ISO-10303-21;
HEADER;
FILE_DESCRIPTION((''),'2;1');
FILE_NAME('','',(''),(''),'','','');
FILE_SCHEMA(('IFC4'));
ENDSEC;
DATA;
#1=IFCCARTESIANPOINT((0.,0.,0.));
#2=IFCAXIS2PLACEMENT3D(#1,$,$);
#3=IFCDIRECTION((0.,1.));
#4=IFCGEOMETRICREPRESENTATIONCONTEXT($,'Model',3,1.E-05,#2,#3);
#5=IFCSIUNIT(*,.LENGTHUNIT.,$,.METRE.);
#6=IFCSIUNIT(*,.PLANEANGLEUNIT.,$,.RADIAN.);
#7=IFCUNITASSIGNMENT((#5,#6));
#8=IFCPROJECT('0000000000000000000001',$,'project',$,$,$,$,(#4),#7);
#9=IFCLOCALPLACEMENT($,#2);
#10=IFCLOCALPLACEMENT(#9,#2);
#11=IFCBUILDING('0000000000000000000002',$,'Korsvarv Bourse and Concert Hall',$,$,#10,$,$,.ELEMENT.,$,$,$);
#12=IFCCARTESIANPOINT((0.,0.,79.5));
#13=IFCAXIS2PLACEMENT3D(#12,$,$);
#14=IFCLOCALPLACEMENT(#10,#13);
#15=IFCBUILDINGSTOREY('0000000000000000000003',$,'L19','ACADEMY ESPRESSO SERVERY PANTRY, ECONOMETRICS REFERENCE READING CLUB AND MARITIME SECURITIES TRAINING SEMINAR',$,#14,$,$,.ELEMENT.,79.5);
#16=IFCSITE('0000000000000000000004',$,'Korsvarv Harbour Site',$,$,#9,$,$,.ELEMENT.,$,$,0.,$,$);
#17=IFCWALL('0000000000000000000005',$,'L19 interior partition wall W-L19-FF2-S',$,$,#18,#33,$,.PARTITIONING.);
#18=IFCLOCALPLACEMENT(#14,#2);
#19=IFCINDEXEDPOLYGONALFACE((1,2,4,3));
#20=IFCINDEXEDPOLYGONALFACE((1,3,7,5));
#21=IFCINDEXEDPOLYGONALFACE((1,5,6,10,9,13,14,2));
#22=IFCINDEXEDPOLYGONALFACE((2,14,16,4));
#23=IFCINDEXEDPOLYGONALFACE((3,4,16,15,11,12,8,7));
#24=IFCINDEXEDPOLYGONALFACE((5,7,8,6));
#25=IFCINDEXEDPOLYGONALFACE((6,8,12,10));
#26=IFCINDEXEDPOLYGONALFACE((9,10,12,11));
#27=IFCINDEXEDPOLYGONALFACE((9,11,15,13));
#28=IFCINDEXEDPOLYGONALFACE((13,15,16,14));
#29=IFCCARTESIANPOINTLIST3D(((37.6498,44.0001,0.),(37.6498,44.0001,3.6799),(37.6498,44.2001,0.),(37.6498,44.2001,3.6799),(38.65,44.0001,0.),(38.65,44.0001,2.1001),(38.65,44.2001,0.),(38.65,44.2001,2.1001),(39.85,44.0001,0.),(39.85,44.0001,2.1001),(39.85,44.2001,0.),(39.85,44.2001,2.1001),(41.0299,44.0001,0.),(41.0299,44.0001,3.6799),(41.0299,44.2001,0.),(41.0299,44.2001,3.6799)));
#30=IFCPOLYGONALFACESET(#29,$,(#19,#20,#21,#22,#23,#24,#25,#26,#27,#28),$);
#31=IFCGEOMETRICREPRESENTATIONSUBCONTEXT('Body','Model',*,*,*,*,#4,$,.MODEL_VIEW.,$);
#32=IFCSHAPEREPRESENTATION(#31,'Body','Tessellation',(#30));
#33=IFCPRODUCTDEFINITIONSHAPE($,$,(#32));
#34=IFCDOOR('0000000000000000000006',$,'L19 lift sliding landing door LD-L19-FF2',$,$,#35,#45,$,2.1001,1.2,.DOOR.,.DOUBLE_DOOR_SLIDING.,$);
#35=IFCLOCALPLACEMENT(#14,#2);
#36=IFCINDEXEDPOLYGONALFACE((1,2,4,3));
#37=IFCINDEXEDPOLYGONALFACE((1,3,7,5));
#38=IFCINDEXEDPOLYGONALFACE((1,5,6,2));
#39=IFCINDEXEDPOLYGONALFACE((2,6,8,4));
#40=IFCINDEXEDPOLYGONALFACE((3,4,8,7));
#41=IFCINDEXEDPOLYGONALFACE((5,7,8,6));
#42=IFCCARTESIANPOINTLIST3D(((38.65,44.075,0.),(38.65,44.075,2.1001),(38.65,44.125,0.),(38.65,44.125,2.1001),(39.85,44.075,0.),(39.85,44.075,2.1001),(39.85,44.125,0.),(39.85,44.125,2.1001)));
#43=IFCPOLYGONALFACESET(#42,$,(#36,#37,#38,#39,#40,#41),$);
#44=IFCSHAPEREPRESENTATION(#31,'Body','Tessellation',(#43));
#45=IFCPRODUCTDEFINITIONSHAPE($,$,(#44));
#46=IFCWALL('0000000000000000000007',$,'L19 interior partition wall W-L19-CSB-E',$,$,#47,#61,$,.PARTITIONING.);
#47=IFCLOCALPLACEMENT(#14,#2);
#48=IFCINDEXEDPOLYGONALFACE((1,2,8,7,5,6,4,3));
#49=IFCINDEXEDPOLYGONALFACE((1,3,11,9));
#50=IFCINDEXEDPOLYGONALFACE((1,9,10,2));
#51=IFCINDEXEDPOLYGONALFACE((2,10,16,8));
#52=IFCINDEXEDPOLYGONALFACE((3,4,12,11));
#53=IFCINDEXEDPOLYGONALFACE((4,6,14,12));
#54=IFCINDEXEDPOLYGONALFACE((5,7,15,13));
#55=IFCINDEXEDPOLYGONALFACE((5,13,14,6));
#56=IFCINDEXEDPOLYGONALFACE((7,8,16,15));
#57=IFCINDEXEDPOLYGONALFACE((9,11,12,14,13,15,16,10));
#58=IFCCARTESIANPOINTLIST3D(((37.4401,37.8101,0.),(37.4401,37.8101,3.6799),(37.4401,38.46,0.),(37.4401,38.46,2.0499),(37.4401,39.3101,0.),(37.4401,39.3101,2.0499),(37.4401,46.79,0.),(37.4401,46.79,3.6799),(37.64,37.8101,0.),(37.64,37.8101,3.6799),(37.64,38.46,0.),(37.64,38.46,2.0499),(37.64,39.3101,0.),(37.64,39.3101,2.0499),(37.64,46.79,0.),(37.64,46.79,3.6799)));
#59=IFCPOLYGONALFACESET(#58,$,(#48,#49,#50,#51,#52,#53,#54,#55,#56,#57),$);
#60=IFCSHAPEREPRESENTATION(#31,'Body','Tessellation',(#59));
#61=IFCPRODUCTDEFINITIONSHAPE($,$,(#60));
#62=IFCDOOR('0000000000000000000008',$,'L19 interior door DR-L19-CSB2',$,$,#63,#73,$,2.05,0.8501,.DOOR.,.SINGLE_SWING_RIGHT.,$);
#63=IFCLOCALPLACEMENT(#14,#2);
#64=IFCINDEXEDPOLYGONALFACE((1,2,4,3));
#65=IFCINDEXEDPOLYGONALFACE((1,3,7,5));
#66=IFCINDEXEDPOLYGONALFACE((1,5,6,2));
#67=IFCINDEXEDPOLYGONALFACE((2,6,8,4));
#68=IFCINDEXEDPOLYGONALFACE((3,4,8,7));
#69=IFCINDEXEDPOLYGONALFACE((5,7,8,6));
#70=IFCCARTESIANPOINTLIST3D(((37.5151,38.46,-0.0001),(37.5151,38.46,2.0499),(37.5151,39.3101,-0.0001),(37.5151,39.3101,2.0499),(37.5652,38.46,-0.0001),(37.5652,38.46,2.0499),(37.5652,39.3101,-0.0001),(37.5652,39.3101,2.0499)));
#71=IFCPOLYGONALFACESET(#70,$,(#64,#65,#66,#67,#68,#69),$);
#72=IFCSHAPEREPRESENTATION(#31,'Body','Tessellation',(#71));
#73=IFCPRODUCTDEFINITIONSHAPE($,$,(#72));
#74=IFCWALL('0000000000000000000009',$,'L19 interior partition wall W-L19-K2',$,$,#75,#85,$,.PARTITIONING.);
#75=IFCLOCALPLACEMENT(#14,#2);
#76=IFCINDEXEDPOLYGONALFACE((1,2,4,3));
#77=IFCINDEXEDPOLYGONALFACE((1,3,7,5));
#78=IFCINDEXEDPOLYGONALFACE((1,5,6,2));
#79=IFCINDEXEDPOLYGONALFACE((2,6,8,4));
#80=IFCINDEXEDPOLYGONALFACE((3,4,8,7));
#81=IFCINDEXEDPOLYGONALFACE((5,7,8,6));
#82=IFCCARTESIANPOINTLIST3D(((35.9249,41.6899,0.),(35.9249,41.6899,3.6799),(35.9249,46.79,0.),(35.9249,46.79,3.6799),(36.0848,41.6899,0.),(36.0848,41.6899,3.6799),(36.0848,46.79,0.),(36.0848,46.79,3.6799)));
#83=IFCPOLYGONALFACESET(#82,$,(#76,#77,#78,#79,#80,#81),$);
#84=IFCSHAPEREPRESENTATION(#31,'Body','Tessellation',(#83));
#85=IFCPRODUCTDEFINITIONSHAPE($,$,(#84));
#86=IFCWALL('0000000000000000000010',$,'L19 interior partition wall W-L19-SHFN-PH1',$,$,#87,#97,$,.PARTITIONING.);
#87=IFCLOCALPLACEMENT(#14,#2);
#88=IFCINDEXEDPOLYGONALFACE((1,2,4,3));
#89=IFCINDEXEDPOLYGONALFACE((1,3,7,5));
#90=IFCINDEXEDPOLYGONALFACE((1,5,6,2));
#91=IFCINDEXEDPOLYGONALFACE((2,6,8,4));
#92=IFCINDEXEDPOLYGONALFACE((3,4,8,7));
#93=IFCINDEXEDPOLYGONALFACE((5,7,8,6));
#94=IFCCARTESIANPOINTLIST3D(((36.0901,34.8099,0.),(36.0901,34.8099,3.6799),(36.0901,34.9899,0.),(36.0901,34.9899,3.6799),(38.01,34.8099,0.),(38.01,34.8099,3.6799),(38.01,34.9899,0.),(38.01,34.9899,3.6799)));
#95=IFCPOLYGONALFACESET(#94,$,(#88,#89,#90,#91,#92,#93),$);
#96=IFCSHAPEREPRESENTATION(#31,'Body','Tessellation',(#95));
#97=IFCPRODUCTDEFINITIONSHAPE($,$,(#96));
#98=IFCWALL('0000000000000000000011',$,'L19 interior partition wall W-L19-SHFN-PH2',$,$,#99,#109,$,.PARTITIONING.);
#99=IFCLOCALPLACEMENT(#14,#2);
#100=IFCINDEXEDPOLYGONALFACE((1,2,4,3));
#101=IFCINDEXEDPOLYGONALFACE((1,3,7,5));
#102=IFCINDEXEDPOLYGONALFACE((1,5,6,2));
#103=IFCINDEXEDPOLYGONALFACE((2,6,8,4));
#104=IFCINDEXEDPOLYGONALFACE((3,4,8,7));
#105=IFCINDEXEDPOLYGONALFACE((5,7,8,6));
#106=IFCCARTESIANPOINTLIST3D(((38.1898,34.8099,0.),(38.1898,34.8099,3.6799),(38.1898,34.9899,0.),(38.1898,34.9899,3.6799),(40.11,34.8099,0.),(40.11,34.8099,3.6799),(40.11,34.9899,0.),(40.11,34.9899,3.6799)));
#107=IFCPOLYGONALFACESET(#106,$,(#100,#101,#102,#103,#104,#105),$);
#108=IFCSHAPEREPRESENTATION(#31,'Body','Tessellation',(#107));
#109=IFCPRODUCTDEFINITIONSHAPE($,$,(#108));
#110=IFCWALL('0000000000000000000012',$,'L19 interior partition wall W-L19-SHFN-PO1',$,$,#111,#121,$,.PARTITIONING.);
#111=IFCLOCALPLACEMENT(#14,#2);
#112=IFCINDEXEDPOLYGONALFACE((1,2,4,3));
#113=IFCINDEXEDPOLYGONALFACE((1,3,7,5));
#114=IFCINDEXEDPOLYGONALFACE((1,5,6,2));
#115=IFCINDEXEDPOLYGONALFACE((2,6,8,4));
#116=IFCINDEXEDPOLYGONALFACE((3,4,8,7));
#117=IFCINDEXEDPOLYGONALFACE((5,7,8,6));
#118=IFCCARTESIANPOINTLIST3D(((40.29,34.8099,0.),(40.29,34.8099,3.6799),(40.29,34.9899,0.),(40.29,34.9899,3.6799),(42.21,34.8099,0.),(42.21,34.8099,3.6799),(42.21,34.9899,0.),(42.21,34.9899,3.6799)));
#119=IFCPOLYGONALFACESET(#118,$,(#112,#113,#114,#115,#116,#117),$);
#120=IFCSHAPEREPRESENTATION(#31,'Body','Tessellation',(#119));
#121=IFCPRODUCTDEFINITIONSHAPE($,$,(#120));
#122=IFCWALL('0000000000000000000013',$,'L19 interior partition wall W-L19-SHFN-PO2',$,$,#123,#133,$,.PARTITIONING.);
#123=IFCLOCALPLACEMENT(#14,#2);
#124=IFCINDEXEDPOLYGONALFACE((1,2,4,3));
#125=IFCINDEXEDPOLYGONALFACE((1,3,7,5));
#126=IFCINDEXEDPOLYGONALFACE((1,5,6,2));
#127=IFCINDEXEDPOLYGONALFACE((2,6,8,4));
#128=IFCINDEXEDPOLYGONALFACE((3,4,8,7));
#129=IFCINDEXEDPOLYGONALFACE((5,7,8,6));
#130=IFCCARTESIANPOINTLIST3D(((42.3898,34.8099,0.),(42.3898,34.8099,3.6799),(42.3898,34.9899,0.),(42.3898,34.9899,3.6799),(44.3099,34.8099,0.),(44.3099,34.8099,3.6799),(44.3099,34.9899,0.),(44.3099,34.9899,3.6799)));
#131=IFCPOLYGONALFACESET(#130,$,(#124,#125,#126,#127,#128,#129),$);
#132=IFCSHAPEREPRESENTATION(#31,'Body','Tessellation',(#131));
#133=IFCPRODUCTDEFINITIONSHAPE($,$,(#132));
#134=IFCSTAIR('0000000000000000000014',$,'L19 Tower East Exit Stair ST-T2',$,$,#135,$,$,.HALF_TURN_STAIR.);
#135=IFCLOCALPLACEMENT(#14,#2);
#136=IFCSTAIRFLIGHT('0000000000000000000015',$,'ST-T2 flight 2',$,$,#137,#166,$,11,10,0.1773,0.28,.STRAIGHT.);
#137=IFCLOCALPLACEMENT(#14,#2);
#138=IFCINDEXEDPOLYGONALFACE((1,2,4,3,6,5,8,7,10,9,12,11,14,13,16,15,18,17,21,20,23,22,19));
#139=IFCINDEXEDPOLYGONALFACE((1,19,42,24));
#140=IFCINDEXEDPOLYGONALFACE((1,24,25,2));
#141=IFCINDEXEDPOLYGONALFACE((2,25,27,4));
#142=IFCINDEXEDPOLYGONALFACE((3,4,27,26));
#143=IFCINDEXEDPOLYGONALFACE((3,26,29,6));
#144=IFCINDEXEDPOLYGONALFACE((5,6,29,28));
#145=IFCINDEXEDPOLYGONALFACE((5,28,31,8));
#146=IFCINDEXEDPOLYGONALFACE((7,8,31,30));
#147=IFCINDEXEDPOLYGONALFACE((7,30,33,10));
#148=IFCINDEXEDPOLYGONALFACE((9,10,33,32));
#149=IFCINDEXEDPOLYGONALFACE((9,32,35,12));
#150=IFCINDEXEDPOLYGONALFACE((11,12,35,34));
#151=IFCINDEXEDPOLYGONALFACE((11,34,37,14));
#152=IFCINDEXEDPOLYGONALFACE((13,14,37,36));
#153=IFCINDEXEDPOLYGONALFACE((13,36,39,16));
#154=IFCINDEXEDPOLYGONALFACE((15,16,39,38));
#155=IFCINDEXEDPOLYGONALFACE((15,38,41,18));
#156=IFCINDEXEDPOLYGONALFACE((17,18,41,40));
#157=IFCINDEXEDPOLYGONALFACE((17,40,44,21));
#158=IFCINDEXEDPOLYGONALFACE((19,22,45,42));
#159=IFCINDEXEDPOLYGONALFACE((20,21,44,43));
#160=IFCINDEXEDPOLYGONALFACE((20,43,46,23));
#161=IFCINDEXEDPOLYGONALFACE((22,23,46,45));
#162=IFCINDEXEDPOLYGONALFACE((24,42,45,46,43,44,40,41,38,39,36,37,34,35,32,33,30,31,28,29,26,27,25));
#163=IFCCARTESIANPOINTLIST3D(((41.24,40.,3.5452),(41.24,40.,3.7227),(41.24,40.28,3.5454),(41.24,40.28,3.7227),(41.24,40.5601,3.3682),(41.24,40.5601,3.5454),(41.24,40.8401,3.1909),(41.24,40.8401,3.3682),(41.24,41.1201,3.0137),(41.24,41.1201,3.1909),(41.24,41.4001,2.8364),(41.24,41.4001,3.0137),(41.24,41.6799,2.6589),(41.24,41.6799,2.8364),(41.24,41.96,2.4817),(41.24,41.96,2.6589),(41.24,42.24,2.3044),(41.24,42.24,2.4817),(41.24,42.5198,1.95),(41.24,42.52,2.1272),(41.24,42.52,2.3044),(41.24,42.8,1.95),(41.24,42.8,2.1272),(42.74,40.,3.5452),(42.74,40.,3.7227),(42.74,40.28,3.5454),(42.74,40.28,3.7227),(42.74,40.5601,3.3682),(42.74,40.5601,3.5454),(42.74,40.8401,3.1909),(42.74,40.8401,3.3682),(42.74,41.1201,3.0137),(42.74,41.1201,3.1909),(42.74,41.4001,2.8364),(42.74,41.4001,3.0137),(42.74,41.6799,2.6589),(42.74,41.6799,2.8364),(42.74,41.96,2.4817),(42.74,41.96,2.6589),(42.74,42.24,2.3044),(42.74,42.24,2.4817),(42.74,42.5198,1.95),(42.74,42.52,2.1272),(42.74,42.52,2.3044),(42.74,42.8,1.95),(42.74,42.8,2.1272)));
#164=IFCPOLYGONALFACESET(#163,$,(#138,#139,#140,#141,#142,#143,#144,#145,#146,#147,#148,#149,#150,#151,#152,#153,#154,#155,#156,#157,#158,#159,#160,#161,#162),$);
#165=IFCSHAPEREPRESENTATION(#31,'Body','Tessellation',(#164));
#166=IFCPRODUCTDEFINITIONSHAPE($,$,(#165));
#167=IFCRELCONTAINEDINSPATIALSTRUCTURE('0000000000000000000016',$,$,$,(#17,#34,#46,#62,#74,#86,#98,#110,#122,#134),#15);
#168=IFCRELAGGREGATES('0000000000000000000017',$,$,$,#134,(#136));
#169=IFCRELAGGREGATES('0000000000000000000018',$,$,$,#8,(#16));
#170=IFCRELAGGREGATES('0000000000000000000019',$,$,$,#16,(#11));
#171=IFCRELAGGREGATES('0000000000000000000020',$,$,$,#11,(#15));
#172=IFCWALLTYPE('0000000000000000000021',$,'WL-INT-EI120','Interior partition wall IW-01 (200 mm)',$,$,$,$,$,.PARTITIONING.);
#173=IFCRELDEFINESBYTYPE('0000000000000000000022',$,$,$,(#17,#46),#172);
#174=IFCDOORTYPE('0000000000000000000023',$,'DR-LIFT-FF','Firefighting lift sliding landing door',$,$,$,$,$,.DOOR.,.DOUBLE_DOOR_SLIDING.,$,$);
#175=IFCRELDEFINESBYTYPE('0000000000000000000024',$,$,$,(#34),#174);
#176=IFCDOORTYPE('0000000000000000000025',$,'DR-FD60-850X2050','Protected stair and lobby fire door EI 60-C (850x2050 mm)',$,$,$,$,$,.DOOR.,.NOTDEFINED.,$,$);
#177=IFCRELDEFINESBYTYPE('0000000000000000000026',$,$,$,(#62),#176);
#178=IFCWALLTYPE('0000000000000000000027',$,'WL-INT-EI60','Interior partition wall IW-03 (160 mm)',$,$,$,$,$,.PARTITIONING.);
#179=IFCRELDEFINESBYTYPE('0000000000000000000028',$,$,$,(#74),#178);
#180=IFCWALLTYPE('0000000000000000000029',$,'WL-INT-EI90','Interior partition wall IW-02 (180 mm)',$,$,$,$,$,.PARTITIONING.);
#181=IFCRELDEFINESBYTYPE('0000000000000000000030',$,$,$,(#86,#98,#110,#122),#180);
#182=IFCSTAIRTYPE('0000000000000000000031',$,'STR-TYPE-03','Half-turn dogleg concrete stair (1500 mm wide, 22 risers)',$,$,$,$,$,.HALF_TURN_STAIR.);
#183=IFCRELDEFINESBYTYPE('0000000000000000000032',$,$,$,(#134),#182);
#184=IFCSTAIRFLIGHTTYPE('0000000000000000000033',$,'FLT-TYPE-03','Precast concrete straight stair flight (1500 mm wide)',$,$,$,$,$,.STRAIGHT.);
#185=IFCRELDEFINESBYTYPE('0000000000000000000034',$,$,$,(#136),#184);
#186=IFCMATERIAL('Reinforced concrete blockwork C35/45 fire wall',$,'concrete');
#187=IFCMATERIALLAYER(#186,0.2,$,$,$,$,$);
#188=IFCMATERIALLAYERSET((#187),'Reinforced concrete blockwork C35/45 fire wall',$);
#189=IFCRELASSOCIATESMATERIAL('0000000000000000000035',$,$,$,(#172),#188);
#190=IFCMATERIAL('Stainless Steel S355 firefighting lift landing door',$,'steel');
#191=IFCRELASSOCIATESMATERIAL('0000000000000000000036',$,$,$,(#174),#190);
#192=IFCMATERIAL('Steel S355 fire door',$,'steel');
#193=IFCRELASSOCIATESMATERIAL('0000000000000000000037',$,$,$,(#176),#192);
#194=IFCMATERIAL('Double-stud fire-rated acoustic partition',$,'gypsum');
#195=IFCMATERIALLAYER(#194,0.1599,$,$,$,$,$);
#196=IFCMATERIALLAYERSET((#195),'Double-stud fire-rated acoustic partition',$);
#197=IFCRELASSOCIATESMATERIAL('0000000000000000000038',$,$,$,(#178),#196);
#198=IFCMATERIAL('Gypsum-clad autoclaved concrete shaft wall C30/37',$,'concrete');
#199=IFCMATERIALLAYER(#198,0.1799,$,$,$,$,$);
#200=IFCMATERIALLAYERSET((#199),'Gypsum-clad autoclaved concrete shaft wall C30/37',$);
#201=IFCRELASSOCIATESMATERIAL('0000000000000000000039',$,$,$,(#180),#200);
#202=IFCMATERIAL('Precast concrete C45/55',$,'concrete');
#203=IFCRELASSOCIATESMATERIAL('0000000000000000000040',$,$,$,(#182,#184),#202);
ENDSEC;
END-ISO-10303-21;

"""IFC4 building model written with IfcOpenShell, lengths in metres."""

from ifc_helpers import new_model, si_unit, direction, frame, frame_2d, origin, place, context, subcontext, project, spatial, polyline, rectangle, outline, extrude, material, layer, layer_set, type_object, element, fill, aggregate, save


model = new_model("IFC4")

# Units and contexts
model_context = context("Model", 3, precision=1e-05, world=origin(), true_north=direction((0.0, 1.0)))
body_context = subcontext(model_context, "Body", "Model", "MODEL_VIEW")
ifc_project = project(units=[si_unit("LENGTHUNIT", "METRE"), si_unit("PLANEANGLEUNIT", "RADIAN")], contexts=[model_context])

# Site, building, storey
site_placement = place(None, origin())
site = spatial("IfcSite", under=ifc_project, at=site_placement, Name="Korsvarv Harbour Site", CompositionType="ELEMENT", RefElevation=0.0)
building_placement = place(site_placement, origin())
building = spatial("IfcBuilding", under=site, at=building_placement, Name="Korsvarv Bourse and Concert Hall", CompositionType="ELEMENT")
storey_placement = place(building_placement, frame((0.0, 0.0, 79.5)))
storey = spatial("IfcBuildingStorey", under=building, at=storey_placement, Name="L19", Description="ACADEMY ESPRESSO SERVERY PANTRY, ECONOMETRICS REFERENCE READING CLUB AND MARITIME SECURITIES TRAINING SEMINAR", CompositionType="ELEMENT", Elevation=79.5)

# Shared definitions
ifc_material_1 = material(Name="Steel S355 fire door", Category="steel")

# Walls, openings, doors
ifc_material_2 = material(Name="Reinforced concrete blockwork C35/45 fire wall", Category="concrete")
ifc_layer_1 = layer(ifc_material_2, 0.2)
ifc_layer_set_1 = layer_set([ifc_layer_1], Name="Reinforced concrete blockwork C35/45 fire wall")
wall_type_1 = type_object("IfcWallType", Name="WL-INT-EI120", Description="Interior partition wall IW-01 (200 mm)", PredefinedType="PARTITIONING", material=ifc_layer_set_1)
wall_1_placement = place(storey_placement, frame((37.6499, 44.1001, 0.0), z_axis=(0.0, 0.0, 1.0), x_axis=(1.0, 0.0, 0.0)))
wall_1 = element("IfcWall", 1, at=wall_1_placement, inside=storey, type_object=wall_type_1, Name="L19 interior partition wall W-L19-FF2-S", PredefinedType="PARTITIONING", context=body_context, shape_type="SweptSolid", body=[
    extrude(rectangle(XDim=3.3801, YDim=0.2, at=frame_2d((1.6899, 0.0))), origin(), (0.0, 0.0, 1.0), 3.6799),
])
opening_1_placement = place(wall_1_placement, frame((1.0, 0.0, 0.0)))
opening_1 = element("IfcOpeningElement", 2, at=opening_1_placement, cuts=wall_1, PredefinedType="OPENING", context=body_context, shape_type="SweptSolid", body=[
    extrude(rectangle(XDim=1.2, YDim=2.1001, at=frame_2d((0.6001, 1.05))), frame((0.0, 0.1099, 0.0), z_axis=(0.0, -1.0, 0.0), x_axis=(1.0, 0.0, 0.0)), (0.0, 0.0, 1.0), 0.22),
])
ifc_material_3 = material(Name="Stainless Steel S355 firefighting lift landing door", Category="steel")
door_type_1 = type_object("IfcDoorType", Name="DR-LIFT-FF", Description="Firefighting lift sliding landing door", OperationType="DOUBLE_DOOR_SLIDING", PredefinedType="DOOR", material=ifc_material_3)
door_1_placement = place(opening_1_placement, origin())
door_1 = element("IfcDoor", 3, at=door_1_placement, inside=storey, type_object=door_type_1, Name="L19 lift sliding landing door LD-L19-FF2", OperationType="DOUBLE_DOOR_SLIDING", OverallHeight=2.1001, OverallWidth=1.2, PredefinedType="DOOR", context=body_context, shape_type="SweptSolid", body=[
    extrude(rectangle(XDim=1.2, YDim=2.1001, at=frame_2d((0.6001, 1.05))), frame((0.0, 0.0249, 0.0), z_axis=(0.0, -1.0, 0.0), x_axis=(1.0, 0.0, 0.0)), (0.0, 0.0, 1.0), 0.05),
])
fill(opening_1, door_1)
wall_2_placement = place(storey_placement, frame((37.54, 37.8101, 0.0), z_axis=(0.0, 0.0, 1.0), x_axis=(0.0, 1.0, 0.0)))
wall_2 = element("IfcWall", 4, at=wall_2_placement, inside=storey, type_object=wall_type_1, Name="L19 interior partition wall W-L19-CSB-E", PredefinedType="PARTITIONING", context=body_context, shape_type="SweptSolid", body=[
    extrude(rectangle(XDim=8.98, YDim=0.2, at=frame_2d((4.49, 0.0))), origin(), (0.0, 0.0, 1.0), 3.6799),
])
opening_2_placement = place(wall_2_placement, frame((0.6499, 0.0, 0.0)))
opening_2 = element("IfcOpeningElement", 5, at=opening_2_placement, cuts=wall_2, PredefinedType="OPENING", context=body_context, shape_type="SweptSolid", body=[
    extrude(rectangle(XDim=0.8501, YDim=2.05, at=frame_2d((0.425, 1.0249))), frame((0.0, 0.1099, 0.0), z_axis=(0.0, -1.0, 0.0), x_axis=(1.0, 0.0, 0.0)), (0.0, 0.0, 1.0), 0.22),
])
door_type_2 = type_object("IfcDoorType", Name="DR-FD60-850X2050", Description="Protected stair and lobby fire door EI 60-C (850x2050 mm)", OperationType="NOTDEFINED", PredefinedType="DOOR", material=ifc_material_1)
door_2_placement = place(opening_2_placement, origin())
door_2 = element("IfcDoor", 6, at=door_2_placement, inside=storey, type_object=door_type_2, Name="L19 interior door DR-L19-CSB2", OperationType="SINGLE_SWING_RIGHT", OverallHeight=2.05, OverallWidth=0.8501, PredefinedType="DOOR", context=body_context, shape_type="SweptSolid", body=[
    extrude(rectangle(XDim=0.8501, YDim=2.05, at=frame_2d((0.425, 1.0249))), frame((0.0, 0.0249, 0.0), z_axis=(0.0, -1.0, 0.0), x_axis=(1.0, 0.0, 0.0)), (0.0, 0.0, 1.0), 0.05),
])
fill(opening_2, door_2)

# Walls
ifc_material_4 = material(Name="Double-stud fire-rated acoustic partition", Category="gypsum")
ifc_layer_2 = layer(ifc_material_4, 0.1599)
ifc_layer_set_2 = layer_set([ifc_layer_2], Name="Double-stud fire-rated acoustic partition")
wall_type_2 = type_object("IfcWallType", Name="WL-INT-EI60", Description="Interior partition wall IW-03 (160 mm)", PredefinedType="PARTITIONING", material=ifc_layer_set_2)
wall_3_placement = place(storey_placement, frame((36.0049, 41.6899, 0.0), z_axis=(0.0, 0.0, 1.0), x_axis=(0.0, 1.0, 0.0)))
element("IfcWall", 7, at=wall_3_placement, inside=storey, type_object=wall_type_2, Name="L19 interior partition wall W-L19-K2", PredefinedType="PARTITIONING", context=body_context, shape_type="SweptSolid", body=[
    extrude(rectangle(XDim=5.1001, YDim=0.1599, at=frame_2d((2.55, 0.0))), origin(), (0.0, 0.0, 1.0), 3.6799),
])
ifc_material_5 = material(Name="Gypsum-clad autoclaved concrete shaft wall C30/37", Category="concrete")
ifc_layer_3 = layer(ifc_material_5, 0.1799)
ifc_layer_set_3 = layer_set([ifc_layer_3], Name="Gypsum-clad autoclaved concrete shaft wall C30/37")
wall_type_3 = type_object("IfcWallType", Name="WL-INT-EI90", Description="Interior partition wall IW-02 (180 mm)", PredefinedType="PARTITIONING", material=ifc_layer_set_3)
wall_4_placement = place(storey_placement, frame((36.0901, 34.8999, 0.0), z_axis=(0.0, 0.0, 1.0), x_axis=(1.0, 0.0, 0.0)))
element("IfcWall", 8, at=wall_4_placement, inside=storey, type_object=wall_type_3, Name="L19 interior partition wall W-L19-SHFN-PH1", PredefinedType="PARTITIONING", context=body_context, shape_type="SweptSolid", body=[
    extrude(rectangle(XDim=1.9199, YDim=0.1799, at=frame_2d((0.96, 0.0))), origin(), (0.0, 0.0, 1.0), 3.6799),
])
wall_5_placement = place(storey_placement, frame((38.1899, 34.8999, 0.0), z_axis=(0.0, 0.0, 1.0), x_axis=(1.0, 0.0, 0.0)))
element("IfcWall", 9, at=wall_5_placement, inside=storey, type_object=wall_type_3, Name="L19 interior partition wall W-L19-SHFN-PH2", PredefinedType="PARTITIONING", context=body_context, shape_type="SweptSolid", body=[
    extrude(rectangle(XDim=1.9202, YDim=0.1799, at=frame_2d((0.96, 0.0))), origin(), (0.0, 0.0, 1.0), 3.6799),
])
wall_6_placement = place(storey_placement, frame((40.29, 34.8999, 0.0), z_axis=(0.0, 0.0, 1.0), x_axis=(1.0, 0.0, 0.0)))
element("IfcWall", 10, at=wall_6_placement, inside=storey, type_object=wall_type_3, Name="L19 interior partition wall W-L19-SHFN-PO1", PredefinedType="PARTITIONING", context=body_context, shape_type="SweptSolid", body=[
    extrude(rectangle(XDim=1.9199, YDim=0.1799, at=frame_2d((0.96, 0.0))), origin(), (0.0, 0.0, 1.0), 3.6799),
])
wall_7_placement = place(storey_placement, frame((42.3899, 34.8999, 0.0), z_axis=(0.0, 0.0, 1.0), x_axis=(1.0, 0.0, 0.0)))
element("IfcWall", 11, at=wall_7_placement, inside=storey, type_object=wall_type_3, Name="L19 interior partition wall W-L19-SHFN-PO2", PredefinedType="PARTITIONING", context=body_context, shape_type="SweptSolid", body=[
    extrude(rectangle(XDim=1.9202, YDim=0.1799, at=frame_2d((0.96, 0.0))), origin(), (0.0, 0.0, 1.0), 3.6799),
])

# Stair, stair flight
ifc_material_6 = material(Name="Precast concrete C45/55", Category="concrete")
stair_type = type_object("IfcStairType", Name="STR-TYPE-03", Description="Half-turn dogleg concrete stair (1500 mm wide, 22 risers)", PredefinedType="HALF_TURN_STAIR", material=ifc_material_6)
stair_placement = place(storey_placement, origin())
stair = element("IfcStair", 12, at=stair_placement, inside=storey, type_object=stair_type, Name="L19 Tower East Exit Stair ST-T2", PredefinedType="HALF_TURN_STAIR")
stair_flight_type = type_object("IfcStairFlightType", Name="FLT-TYPE-03", Description="Precast concrete straight stair flight (1500 mm wide)", PredefinedType="STRAIGHT", material=ifc_material_6)
stair_flight_placement = place(storey_placement, frame((41.99, 42.8, 1.95), z_axis=(0.0, 0.0, 1.0), x_axis=(0.0, -1.0, 0.0)))
stair_flight = element("IfcStairFlight", 13, at=stair_flight_placement, type_object=stair_flight_type, Name="ST-T2 flight 2", NumberOfRisers=11, NumberOfTreads=10, PredefinedType="STRAIGHT", RiserHeight=0.1773, TreadLength=0.28, context=body_context, shape_type="SweptSolid", body=[
    extrude(outline(polyline([(0.0, 0.0), (0.0, 0.1772), (0.28, 0.1772), (0.28, 0.3545), (0.5601, 0.3545), (0.5601, 0.5317), (0.8401, 0.5317), (0.8401, 0.709), (1.1201, 0.709), (1.1201, 0.8865), (1.3999, 0.8865), (1.3999, 1.0637), (1.6799, 1.0637), (1.6799, 1.241), (1.96, 1.241), (1.96, 1.4182), (2.24, 1.4182), (2.24, 1.5955), (2.52, 1.5955), (2.52, 1.7727), (2.8, 1.7727), (2.8, 1.95), (2.8, 1.5952), (0.2803, 0.0), (0.0, 0.0)])), frame((0.0, 0.75, 0.0), z_axis=(0.0, -1.0, 0.0), x_axis=(1.0, 0.0, 0.0)), (0.0, 0.0, 1.0), 1.5),
])
aggregate(stair, [stair_flight])

save(model, "model.ifc")
